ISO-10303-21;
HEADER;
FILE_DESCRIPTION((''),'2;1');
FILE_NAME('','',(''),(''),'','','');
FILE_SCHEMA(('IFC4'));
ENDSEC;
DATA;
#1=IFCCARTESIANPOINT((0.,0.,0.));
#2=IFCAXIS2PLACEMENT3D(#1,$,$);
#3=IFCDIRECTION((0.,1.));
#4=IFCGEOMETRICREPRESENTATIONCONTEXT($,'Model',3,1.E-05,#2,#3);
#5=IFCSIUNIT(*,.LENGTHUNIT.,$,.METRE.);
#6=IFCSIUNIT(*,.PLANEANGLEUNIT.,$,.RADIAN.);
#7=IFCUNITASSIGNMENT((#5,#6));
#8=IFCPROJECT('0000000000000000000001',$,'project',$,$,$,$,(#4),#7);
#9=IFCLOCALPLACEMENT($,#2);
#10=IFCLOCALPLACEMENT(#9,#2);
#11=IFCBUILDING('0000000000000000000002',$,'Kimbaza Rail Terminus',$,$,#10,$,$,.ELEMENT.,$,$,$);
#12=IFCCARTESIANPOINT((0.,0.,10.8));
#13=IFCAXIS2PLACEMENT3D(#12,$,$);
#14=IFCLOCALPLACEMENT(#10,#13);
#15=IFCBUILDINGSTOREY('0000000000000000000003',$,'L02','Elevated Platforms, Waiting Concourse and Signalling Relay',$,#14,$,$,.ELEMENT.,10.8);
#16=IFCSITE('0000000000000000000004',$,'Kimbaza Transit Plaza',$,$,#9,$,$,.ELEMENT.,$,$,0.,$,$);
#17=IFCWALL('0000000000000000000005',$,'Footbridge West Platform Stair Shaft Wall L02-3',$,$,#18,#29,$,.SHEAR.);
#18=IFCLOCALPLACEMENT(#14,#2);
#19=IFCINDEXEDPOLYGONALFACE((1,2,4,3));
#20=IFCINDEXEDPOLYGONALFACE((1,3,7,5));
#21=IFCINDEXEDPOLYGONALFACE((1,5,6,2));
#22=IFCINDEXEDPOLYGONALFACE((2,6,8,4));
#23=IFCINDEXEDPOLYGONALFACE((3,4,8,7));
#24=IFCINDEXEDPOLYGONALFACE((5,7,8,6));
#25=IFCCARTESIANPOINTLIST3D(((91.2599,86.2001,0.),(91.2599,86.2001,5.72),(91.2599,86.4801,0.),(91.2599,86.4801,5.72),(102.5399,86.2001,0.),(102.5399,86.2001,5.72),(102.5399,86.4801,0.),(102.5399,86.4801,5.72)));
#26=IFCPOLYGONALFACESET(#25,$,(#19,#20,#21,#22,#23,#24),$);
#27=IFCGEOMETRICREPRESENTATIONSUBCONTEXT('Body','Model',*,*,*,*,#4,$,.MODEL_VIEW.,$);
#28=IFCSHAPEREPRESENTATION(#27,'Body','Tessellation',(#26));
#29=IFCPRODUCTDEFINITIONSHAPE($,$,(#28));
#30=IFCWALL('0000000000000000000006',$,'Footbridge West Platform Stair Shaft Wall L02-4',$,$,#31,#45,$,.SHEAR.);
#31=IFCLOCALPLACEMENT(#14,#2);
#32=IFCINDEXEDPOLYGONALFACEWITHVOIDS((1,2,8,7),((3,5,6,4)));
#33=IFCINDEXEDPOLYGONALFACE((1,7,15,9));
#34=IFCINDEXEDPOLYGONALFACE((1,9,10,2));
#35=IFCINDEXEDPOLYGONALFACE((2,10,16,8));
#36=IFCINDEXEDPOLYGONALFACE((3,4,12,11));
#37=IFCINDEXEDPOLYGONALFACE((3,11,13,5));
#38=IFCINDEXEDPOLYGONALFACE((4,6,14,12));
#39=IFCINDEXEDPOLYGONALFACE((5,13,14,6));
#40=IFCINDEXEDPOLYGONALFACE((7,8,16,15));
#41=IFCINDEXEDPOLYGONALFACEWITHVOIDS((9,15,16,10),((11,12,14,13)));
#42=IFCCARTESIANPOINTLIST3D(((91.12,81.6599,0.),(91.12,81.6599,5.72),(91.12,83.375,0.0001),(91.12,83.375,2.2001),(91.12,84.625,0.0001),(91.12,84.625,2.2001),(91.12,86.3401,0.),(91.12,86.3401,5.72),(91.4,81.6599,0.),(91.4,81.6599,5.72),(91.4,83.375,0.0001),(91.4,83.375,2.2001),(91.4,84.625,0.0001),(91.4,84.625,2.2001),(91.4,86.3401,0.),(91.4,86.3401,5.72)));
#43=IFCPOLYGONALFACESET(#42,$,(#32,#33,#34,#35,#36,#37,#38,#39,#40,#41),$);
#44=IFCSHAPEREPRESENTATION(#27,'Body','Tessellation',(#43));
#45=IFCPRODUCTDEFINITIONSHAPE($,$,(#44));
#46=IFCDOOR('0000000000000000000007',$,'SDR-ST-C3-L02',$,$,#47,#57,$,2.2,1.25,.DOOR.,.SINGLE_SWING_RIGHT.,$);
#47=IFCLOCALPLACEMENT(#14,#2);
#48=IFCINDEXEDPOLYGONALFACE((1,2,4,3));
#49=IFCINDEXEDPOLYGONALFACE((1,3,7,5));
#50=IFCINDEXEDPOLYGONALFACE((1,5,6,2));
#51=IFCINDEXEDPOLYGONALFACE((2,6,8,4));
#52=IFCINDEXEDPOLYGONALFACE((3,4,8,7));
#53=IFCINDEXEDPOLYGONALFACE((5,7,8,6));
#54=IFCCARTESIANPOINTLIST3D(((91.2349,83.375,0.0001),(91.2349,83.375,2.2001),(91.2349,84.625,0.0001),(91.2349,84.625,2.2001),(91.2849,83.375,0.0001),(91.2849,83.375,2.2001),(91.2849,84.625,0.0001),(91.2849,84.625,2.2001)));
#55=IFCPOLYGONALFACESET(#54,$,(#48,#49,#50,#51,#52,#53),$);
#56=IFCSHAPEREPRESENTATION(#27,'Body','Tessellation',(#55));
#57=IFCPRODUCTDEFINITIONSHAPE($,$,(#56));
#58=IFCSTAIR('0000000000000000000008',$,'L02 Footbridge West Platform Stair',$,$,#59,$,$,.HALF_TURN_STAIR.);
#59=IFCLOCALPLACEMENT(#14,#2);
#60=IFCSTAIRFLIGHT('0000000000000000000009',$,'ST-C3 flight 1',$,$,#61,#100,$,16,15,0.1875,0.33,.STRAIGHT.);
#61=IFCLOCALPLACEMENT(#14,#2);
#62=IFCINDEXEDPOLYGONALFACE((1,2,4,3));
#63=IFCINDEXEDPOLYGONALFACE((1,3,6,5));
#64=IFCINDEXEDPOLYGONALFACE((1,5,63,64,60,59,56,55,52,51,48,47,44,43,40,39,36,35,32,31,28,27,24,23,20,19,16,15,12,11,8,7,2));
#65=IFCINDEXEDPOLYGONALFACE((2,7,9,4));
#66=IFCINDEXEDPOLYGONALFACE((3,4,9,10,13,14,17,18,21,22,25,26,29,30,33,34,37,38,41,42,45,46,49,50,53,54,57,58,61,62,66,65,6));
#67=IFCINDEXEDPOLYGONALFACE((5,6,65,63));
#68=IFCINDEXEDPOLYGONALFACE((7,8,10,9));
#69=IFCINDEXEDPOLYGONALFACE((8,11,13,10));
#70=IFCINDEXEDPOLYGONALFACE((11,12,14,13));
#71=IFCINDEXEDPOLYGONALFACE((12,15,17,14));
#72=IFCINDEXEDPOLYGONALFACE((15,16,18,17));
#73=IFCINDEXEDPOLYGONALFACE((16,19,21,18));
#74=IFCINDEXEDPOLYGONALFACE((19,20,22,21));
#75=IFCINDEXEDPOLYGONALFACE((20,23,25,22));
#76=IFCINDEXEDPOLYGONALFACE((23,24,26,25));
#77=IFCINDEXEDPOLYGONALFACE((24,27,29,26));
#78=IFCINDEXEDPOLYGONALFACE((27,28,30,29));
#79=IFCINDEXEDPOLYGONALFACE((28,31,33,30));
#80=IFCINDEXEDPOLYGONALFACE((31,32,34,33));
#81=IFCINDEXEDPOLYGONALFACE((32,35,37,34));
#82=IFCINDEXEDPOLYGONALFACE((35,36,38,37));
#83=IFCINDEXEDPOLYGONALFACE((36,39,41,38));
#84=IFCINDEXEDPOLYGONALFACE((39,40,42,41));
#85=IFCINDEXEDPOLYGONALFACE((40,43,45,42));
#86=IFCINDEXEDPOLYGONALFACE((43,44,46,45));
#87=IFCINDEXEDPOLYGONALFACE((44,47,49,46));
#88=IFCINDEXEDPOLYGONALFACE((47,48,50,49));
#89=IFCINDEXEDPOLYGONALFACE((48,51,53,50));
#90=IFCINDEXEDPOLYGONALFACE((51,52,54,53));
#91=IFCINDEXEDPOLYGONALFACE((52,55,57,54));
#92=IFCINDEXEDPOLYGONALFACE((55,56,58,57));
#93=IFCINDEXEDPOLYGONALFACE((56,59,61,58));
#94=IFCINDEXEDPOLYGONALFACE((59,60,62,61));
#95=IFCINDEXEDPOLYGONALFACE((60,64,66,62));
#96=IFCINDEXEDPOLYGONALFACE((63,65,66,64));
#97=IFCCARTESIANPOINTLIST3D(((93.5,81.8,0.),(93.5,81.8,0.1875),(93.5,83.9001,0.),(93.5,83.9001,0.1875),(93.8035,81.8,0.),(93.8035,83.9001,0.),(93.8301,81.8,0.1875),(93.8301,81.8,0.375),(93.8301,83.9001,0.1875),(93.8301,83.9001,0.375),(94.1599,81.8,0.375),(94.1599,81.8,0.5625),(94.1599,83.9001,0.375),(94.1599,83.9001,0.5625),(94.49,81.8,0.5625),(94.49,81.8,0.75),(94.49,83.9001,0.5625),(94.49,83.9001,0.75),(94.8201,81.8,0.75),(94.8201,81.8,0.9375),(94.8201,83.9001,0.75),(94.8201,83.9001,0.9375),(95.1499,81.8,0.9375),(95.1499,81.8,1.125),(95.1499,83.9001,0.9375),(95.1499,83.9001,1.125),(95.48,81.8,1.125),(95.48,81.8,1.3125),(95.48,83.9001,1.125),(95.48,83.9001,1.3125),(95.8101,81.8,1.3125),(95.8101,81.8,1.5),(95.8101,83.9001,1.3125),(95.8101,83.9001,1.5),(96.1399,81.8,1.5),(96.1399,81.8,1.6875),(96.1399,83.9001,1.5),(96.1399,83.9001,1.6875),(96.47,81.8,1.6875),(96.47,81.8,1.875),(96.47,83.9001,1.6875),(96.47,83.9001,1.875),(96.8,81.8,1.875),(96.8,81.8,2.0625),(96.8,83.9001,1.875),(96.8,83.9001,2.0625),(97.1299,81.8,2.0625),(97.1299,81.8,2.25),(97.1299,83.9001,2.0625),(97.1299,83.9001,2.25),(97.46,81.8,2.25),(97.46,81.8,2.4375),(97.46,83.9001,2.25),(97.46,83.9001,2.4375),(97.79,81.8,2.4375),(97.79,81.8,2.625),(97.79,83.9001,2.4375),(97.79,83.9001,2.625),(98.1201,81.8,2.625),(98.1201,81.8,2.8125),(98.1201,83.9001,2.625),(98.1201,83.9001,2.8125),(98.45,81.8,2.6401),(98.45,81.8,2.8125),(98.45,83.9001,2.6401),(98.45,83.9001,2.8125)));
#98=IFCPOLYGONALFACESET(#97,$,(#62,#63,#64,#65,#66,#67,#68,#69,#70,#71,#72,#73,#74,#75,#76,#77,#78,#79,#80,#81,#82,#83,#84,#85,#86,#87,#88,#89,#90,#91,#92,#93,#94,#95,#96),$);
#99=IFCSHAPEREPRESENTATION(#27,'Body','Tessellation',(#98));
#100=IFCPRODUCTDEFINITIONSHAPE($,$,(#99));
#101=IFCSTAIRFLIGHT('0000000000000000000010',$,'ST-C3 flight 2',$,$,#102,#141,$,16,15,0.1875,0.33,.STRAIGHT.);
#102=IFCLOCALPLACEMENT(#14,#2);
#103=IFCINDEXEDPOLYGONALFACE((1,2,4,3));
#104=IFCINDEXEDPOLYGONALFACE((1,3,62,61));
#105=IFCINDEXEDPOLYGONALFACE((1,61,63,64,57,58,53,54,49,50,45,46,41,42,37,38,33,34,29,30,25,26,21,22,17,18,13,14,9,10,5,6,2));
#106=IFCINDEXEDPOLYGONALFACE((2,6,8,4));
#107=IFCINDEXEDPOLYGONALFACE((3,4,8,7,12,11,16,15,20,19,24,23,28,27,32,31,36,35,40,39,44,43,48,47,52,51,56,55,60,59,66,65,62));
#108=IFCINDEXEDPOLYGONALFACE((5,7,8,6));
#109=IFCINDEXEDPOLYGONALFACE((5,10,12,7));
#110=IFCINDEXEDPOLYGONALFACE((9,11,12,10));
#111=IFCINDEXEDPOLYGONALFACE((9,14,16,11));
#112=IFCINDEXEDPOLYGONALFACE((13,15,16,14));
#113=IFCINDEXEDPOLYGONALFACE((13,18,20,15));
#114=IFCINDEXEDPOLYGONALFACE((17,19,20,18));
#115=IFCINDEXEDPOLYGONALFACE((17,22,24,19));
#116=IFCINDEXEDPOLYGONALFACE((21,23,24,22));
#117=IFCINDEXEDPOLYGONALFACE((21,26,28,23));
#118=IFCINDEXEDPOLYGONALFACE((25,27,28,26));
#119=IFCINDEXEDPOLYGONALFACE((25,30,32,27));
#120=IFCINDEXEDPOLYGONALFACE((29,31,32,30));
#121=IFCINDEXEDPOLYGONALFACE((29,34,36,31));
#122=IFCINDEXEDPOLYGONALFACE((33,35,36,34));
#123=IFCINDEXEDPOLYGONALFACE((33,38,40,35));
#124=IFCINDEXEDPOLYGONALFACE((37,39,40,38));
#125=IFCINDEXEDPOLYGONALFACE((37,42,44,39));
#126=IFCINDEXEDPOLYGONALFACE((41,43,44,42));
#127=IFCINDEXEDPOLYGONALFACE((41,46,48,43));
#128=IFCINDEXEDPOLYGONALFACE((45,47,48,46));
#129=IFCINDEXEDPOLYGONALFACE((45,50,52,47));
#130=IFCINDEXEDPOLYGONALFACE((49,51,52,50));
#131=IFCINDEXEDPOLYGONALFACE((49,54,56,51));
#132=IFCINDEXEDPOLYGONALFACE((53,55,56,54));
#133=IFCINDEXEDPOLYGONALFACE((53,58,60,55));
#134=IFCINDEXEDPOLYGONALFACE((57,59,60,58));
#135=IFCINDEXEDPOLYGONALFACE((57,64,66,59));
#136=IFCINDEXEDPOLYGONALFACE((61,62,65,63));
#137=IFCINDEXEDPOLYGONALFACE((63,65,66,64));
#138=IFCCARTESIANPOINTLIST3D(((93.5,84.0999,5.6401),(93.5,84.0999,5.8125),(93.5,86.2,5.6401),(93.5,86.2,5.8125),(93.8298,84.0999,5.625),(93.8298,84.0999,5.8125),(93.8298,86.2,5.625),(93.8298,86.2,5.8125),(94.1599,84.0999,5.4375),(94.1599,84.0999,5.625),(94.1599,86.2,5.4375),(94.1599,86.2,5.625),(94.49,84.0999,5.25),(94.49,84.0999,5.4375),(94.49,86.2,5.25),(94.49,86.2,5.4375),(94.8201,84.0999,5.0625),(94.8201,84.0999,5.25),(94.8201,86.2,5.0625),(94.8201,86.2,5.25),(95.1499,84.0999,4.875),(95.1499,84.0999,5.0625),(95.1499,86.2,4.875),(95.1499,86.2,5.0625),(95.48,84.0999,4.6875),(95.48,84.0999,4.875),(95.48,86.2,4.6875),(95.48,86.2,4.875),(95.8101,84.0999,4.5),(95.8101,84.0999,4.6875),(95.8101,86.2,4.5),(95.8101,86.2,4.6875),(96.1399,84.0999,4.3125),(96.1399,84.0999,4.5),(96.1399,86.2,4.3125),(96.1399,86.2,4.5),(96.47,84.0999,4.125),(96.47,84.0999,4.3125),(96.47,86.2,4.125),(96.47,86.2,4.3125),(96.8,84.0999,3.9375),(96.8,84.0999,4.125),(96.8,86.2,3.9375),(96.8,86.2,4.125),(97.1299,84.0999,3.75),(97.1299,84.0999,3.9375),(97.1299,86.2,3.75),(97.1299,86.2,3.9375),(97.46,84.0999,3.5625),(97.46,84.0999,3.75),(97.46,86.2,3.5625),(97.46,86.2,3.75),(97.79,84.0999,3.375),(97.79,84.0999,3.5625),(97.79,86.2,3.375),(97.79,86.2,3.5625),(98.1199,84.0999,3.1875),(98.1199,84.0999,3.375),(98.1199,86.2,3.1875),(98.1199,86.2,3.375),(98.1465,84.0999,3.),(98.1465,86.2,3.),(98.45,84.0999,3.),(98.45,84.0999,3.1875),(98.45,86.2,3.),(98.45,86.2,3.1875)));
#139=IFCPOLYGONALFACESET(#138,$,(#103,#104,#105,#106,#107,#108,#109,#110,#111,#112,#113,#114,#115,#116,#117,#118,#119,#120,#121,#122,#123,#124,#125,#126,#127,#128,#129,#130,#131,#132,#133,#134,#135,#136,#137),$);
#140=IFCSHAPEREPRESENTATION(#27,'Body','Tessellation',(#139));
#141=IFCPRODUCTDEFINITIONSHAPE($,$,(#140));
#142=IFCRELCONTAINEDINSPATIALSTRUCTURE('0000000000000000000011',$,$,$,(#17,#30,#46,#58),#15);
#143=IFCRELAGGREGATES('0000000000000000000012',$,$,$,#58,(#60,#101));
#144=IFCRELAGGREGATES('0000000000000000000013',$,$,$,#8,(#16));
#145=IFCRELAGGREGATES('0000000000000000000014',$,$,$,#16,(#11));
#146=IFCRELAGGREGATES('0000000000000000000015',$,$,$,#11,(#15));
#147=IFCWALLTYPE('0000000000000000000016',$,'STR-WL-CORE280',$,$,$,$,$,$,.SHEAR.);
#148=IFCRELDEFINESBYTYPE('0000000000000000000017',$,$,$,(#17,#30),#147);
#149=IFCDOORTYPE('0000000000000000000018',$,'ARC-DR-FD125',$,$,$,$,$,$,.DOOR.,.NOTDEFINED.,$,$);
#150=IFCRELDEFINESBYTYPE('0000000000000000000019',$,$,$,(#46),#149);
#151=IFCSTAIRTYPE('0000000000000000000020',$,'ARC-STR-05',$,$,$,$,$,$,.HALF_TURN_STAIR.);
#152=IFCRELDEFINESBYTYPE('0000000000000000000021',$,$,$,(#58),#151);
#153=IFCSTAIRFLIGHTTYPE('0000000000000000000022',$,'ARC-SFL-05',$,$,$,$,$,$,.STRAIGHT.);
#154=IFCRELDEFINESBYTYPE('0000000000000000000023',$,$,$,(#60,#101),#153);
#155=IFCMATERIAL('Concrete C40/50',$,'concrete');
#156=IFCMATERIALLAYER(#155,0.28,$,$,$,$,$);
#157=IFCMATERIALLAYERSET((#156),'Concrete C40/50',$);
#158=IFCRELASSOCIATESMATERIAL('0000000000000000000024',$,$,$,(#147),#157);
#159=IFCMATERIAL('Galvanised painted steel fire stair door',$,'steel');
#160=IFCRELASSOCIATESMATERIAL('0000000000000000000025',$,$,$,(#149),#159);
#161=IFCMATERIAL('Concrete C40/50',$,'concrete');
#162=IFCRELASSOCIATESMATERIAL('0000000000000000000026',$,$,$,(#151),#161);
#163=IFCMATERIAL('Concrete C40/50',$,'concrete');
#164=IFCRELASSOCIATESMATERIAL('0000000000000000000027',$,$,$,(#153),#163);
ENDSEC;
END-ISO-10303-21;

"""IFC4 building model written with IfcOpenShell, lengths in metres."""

from ifc_helpers import new_model, si_unit, direction, frame, frame_2d, origin, place, context, subcontext, project, spatial, polyline, rectangle, outline, extrude, material, layer, layer_set, type_object, element, fill, aggregate, save


model = new_model("IFC4")

# Units and contexts
model_context = context("Model", 3, precision=1e-05, world=origin(), true_north=direction((0.0, 1.0)))
body_context = subcontext(model_context, "Body", "Model", "MODEL_VIEW")
ifc_project = project(units=[si_unit("LENGTHUNIT", "METRE"), si_unit("PLANEANGLEUNIT", "RADIAN")], contexts=[model_context])

# Site, building, storey
site_placement = place(None, origin())
site = spatial("IfcSite", under=ifc_project, at=site_placement, Name="Kimbaza Transit Plaza", CompositionType="ELEMENT", RefElevation=0.0)
building_placement = place(site_placement, origin())
building = spatial("IfcBuilding", under=site, at=building_placement, Name="Kimbaza Rail Terminus", CompositionType="ELEMENT")
storey_placement = place(building_placement, frame((0.0, 0.0, 10.8)))
storey = spatial("IfcBuildingStorey", under=building, at=storey_placement, Name="L02", Description="Elevated Platforms, Waiting Concourse and Signalling Relay", CompositionType="ELEMENT", Elevation=10.8)

# Wall
ifc_material_1 = material(Name="Concrete C40/50", Category="concrete")
ifc_layer_1 = layer(ifc_material_1, 0.28)
ifc_layer_set_1 = layer_set([ifc_layer_1], Name="Concrete C40/50")
wall_type = type_object("IfcWallType", Name="STR-WL-CORE280", PredefinedType="SHEAR", material=ifc_layer_set_1)
wall_1_placement = place(storey_placement, frame((102.54, 86.3401, 0.0), z_axis=(0.0, 0.0, 1.0), x_axis=(-1.0, 0.0, 0.0)))
element("IfcWall", 1, at=wall_1_placement, inside=storey, type_object=wall_type, Name="Footbridge West Platform Stair Shaft Wall L02-3", PredefinedType="SHEAR", context=body_context, shape_type="SweptSolid", body=[
    extrude(rectangle(XDim=11.28, YDim=0.28, at=frame_2d((5.6401, 0.0))), origin(), (0.0, 0.0, 1.0), 5.72),
])

# Wall, opening, door
wall_2_placement = place(storey_placement, frame((91.26, 86.3401, 0.0), z_axis=(0.0, 0.0, 1.0), x_axis=(0.0, -1.0, 0.0)))
wall_2 = element("IfcWall", 2, at=wall_2_placement, inside=storey, type_object=wall_type, Name="Footbridge West Platform Stair Shaft Wall L02-4", PredefinedType="SHEAR", context=body_context, shape_type="SweptSolid", body=[
    extrude(rectangle(XDim=4.6802, YDim=0.28, at=frame_2d((2.3401, 0.0))), origin(), (0.0, 0.0, 1.0), 5.72),
])
opening_placement = place(wall_2_placement, frame((1.7151, 0.0, 0.0)))
opening = element("IfcOpeningElement", 3, at=opening_placement, cuts=wall_2, PredefinedType="OPENING", context=body_context, shape_type="SweptSolid", body=[
    extrude(rectangle(XDim=1.25, YDim=2.2, at=frame_2d((0.625, 1.1001))), frame((0.0, 0.1499, 0.0), z_axis=(0.0, -1.0, 0.0), x_axis=(1.0, 0.0, 0.0)), (0.0, 0.0, 1.0), 0.3),
])
ifc_material_2 = material(Name="Galvanised painted steel fire stair door", Category="steel")
door_type = type_object("IfcDoorType", Name="ARC-DR-FD125", OperationType="NOTDEFINED", PredefinedType="DOOR", material=ifc_material_2)
door_placement = place(opening_placement, origin())
door = element("IfcDoor", 4, at=door_placement, inside=storey, type_object=door_type, Name="SDR-ST-C3-L02", OperationType="SINGLE_SWING_RIGHT", OverallHeight=2.2, OverallWidth=1.25, PredefinedType="DOOR", context=body_context, shape_type="SweptSolid", body=[
    extrude(rectangle(XDim=1.25, YDim=2.2, at=frame_2d((0.625, 1.1001))), frame((0.0, 0.0249, 0.0), z_axis=(0.0, -1.0, 0.0), x_axis=(1.0, 0.0, 0.0)), (0.0, 0.0, 1.0), 0.05),
])
fill(opening, door)

# Stair, stair flights
ifc_material_3 = material(Name="Concrete C40/50", Category="concrete")
stair_type = type_object("IfcStairType", Name="ARC-STR-05", PredefinedType="HALF_TURN_STAIR", material=ifc_material_3)
stair_placement = place(storey_placement, origin())
stair = element("IfcStair", 5, at=stair_placement, inside=storey, type_object=stair_type, Name="L02 Footbridge West Platform Stair", PredefinedType="HALF_TURN_STAIR")
ifc_material_4 = material(Name="Concrete C40/50", Category="concrete")
stair_flight_type = type_object("IfcStairFlightType", Name="ARC-SFL-05", PredefinedType="STRAIGHT", material=ifc_material_4)
stair_flight_1_placement = place(storey_placement, frame((93.5, 82.8501, 0.0), z_axis=(0.0, 0.0, 1.0), x_axis=(1.0, 0.0, 0.0)))
stair_flight_1 = element("IfcStairFlight", 6, at=stair_flight_1_placement, type_object=stair_flight_type, Name="ST-C3 flight 1", NumberOfRisers=16, NumberOfTreads=15, PredefinedType="STRAIGHT", RiserHeight=0.1875, TreadLength=0.33, context=body_context, shape_type="SweptSolid", body=[
    extrude(outline(polyline([(0.0, 0.0), (0.0, 0.1875), (0.3301, 0.1875), (0.3301, 0.375), (0.6599, 0.375), (0.6599, 0.5625), (0.99, 0.5625), (0.99, 0.75), (1.3201, 0.75), (1.3201, 0.9375), (1.6499, 0.9375), (1.6499, 1.125), (1.98, 1.125), (1.98, 1.3125), (2.3101, 1.3125), (2.3101, 1.5), (2.6399, 1.5), (2.6399, 1.6875), (2.97, 1.6875), (2.97, 1.875), (3.3, 1.875), (3.3, 2.0625), (3.6299, 2.0625), (3.6299, 2.25), (3.96, 2.25), (3.96, 2.4375), (4.29, 2.4375), (4.29, 2.625), (4.6201, 2.625), (4.6201, 2.8125), (4.95, 2.8125), (4.95, 3.0), (4.95, 2.6401), (0.3035, 0.0), (0.0, 0.0)])), frame((0.0, 1.05, 0.0), z_axis=(0.0, -1.0, 0.0), x_axis=(1.0, 0.0, 0.0)), (0.0, 0.0, 1.0), 2.1001),
])
stair_flight_2_placement = place(storey_placement, frame((98.45, 85.1499, 3.0), z_axis=(0.0, 0.0, 1.0), x_axis=(-1.0, 0.0, 0.0)))
stair_flight_2 = element("IfcStairFlight", 7, at=stair_flight_2_placement, type_object=stair_flight_type, Name="ST-C3 flight 2", NumberOfRisers=16, NumberOfTreads=15, PredefinedType="STRAIGHT", RiserHeight=0.1875, TreadLength=0.33, context=body_context, shape_type="SweptSolid", body=[
    extrude(outline(polyline([(0.0, 0.0), (0.0, 0.1875), (0.3301, 0.1875), (0.3301, 0.375), (0.6599, 0.375), (0.6599, 0.5625), (0.99, 0.5625), (0.99, 0.75), (1.3201, 0.75), (1.3201, 0.9375), (1.6499, 0.9375), (1.6499, 1.125), (1.98, 1.125), (1.98, 1.3125), (2.3101, 1.3125), (2.3101, 1.5), (2.6399, 1.5), (2.6399, 1.6875), (2.97, 1.6875), (2.97, 1.875), (3.3, 1.875), (3.3, 2.0625), (3.6299, 2.0625), (3.6299, 2.25), (3.96, 2.25), (3.96, 2.4375), (4.29, 2.4375), (4.29, 2.625), (4.6201, 2.625), (4.6201, 2.8125), (4.95, 2.8125), (4.95, 3.0), (4.95, 2.6401), (0.3035, 0.0), (0.0, 0.0)])), frame((0.0, 1.05, 0.0), z_axis=(0.0, -1.0, 0.0), x_axis=(1.0, 0.0, 0.0)), (0.0, 0.0, 1.0), 2.1001),
])
aggregate(stair, [stair_flight_1, stair_flight_2])

save(model, "model.ifc")
